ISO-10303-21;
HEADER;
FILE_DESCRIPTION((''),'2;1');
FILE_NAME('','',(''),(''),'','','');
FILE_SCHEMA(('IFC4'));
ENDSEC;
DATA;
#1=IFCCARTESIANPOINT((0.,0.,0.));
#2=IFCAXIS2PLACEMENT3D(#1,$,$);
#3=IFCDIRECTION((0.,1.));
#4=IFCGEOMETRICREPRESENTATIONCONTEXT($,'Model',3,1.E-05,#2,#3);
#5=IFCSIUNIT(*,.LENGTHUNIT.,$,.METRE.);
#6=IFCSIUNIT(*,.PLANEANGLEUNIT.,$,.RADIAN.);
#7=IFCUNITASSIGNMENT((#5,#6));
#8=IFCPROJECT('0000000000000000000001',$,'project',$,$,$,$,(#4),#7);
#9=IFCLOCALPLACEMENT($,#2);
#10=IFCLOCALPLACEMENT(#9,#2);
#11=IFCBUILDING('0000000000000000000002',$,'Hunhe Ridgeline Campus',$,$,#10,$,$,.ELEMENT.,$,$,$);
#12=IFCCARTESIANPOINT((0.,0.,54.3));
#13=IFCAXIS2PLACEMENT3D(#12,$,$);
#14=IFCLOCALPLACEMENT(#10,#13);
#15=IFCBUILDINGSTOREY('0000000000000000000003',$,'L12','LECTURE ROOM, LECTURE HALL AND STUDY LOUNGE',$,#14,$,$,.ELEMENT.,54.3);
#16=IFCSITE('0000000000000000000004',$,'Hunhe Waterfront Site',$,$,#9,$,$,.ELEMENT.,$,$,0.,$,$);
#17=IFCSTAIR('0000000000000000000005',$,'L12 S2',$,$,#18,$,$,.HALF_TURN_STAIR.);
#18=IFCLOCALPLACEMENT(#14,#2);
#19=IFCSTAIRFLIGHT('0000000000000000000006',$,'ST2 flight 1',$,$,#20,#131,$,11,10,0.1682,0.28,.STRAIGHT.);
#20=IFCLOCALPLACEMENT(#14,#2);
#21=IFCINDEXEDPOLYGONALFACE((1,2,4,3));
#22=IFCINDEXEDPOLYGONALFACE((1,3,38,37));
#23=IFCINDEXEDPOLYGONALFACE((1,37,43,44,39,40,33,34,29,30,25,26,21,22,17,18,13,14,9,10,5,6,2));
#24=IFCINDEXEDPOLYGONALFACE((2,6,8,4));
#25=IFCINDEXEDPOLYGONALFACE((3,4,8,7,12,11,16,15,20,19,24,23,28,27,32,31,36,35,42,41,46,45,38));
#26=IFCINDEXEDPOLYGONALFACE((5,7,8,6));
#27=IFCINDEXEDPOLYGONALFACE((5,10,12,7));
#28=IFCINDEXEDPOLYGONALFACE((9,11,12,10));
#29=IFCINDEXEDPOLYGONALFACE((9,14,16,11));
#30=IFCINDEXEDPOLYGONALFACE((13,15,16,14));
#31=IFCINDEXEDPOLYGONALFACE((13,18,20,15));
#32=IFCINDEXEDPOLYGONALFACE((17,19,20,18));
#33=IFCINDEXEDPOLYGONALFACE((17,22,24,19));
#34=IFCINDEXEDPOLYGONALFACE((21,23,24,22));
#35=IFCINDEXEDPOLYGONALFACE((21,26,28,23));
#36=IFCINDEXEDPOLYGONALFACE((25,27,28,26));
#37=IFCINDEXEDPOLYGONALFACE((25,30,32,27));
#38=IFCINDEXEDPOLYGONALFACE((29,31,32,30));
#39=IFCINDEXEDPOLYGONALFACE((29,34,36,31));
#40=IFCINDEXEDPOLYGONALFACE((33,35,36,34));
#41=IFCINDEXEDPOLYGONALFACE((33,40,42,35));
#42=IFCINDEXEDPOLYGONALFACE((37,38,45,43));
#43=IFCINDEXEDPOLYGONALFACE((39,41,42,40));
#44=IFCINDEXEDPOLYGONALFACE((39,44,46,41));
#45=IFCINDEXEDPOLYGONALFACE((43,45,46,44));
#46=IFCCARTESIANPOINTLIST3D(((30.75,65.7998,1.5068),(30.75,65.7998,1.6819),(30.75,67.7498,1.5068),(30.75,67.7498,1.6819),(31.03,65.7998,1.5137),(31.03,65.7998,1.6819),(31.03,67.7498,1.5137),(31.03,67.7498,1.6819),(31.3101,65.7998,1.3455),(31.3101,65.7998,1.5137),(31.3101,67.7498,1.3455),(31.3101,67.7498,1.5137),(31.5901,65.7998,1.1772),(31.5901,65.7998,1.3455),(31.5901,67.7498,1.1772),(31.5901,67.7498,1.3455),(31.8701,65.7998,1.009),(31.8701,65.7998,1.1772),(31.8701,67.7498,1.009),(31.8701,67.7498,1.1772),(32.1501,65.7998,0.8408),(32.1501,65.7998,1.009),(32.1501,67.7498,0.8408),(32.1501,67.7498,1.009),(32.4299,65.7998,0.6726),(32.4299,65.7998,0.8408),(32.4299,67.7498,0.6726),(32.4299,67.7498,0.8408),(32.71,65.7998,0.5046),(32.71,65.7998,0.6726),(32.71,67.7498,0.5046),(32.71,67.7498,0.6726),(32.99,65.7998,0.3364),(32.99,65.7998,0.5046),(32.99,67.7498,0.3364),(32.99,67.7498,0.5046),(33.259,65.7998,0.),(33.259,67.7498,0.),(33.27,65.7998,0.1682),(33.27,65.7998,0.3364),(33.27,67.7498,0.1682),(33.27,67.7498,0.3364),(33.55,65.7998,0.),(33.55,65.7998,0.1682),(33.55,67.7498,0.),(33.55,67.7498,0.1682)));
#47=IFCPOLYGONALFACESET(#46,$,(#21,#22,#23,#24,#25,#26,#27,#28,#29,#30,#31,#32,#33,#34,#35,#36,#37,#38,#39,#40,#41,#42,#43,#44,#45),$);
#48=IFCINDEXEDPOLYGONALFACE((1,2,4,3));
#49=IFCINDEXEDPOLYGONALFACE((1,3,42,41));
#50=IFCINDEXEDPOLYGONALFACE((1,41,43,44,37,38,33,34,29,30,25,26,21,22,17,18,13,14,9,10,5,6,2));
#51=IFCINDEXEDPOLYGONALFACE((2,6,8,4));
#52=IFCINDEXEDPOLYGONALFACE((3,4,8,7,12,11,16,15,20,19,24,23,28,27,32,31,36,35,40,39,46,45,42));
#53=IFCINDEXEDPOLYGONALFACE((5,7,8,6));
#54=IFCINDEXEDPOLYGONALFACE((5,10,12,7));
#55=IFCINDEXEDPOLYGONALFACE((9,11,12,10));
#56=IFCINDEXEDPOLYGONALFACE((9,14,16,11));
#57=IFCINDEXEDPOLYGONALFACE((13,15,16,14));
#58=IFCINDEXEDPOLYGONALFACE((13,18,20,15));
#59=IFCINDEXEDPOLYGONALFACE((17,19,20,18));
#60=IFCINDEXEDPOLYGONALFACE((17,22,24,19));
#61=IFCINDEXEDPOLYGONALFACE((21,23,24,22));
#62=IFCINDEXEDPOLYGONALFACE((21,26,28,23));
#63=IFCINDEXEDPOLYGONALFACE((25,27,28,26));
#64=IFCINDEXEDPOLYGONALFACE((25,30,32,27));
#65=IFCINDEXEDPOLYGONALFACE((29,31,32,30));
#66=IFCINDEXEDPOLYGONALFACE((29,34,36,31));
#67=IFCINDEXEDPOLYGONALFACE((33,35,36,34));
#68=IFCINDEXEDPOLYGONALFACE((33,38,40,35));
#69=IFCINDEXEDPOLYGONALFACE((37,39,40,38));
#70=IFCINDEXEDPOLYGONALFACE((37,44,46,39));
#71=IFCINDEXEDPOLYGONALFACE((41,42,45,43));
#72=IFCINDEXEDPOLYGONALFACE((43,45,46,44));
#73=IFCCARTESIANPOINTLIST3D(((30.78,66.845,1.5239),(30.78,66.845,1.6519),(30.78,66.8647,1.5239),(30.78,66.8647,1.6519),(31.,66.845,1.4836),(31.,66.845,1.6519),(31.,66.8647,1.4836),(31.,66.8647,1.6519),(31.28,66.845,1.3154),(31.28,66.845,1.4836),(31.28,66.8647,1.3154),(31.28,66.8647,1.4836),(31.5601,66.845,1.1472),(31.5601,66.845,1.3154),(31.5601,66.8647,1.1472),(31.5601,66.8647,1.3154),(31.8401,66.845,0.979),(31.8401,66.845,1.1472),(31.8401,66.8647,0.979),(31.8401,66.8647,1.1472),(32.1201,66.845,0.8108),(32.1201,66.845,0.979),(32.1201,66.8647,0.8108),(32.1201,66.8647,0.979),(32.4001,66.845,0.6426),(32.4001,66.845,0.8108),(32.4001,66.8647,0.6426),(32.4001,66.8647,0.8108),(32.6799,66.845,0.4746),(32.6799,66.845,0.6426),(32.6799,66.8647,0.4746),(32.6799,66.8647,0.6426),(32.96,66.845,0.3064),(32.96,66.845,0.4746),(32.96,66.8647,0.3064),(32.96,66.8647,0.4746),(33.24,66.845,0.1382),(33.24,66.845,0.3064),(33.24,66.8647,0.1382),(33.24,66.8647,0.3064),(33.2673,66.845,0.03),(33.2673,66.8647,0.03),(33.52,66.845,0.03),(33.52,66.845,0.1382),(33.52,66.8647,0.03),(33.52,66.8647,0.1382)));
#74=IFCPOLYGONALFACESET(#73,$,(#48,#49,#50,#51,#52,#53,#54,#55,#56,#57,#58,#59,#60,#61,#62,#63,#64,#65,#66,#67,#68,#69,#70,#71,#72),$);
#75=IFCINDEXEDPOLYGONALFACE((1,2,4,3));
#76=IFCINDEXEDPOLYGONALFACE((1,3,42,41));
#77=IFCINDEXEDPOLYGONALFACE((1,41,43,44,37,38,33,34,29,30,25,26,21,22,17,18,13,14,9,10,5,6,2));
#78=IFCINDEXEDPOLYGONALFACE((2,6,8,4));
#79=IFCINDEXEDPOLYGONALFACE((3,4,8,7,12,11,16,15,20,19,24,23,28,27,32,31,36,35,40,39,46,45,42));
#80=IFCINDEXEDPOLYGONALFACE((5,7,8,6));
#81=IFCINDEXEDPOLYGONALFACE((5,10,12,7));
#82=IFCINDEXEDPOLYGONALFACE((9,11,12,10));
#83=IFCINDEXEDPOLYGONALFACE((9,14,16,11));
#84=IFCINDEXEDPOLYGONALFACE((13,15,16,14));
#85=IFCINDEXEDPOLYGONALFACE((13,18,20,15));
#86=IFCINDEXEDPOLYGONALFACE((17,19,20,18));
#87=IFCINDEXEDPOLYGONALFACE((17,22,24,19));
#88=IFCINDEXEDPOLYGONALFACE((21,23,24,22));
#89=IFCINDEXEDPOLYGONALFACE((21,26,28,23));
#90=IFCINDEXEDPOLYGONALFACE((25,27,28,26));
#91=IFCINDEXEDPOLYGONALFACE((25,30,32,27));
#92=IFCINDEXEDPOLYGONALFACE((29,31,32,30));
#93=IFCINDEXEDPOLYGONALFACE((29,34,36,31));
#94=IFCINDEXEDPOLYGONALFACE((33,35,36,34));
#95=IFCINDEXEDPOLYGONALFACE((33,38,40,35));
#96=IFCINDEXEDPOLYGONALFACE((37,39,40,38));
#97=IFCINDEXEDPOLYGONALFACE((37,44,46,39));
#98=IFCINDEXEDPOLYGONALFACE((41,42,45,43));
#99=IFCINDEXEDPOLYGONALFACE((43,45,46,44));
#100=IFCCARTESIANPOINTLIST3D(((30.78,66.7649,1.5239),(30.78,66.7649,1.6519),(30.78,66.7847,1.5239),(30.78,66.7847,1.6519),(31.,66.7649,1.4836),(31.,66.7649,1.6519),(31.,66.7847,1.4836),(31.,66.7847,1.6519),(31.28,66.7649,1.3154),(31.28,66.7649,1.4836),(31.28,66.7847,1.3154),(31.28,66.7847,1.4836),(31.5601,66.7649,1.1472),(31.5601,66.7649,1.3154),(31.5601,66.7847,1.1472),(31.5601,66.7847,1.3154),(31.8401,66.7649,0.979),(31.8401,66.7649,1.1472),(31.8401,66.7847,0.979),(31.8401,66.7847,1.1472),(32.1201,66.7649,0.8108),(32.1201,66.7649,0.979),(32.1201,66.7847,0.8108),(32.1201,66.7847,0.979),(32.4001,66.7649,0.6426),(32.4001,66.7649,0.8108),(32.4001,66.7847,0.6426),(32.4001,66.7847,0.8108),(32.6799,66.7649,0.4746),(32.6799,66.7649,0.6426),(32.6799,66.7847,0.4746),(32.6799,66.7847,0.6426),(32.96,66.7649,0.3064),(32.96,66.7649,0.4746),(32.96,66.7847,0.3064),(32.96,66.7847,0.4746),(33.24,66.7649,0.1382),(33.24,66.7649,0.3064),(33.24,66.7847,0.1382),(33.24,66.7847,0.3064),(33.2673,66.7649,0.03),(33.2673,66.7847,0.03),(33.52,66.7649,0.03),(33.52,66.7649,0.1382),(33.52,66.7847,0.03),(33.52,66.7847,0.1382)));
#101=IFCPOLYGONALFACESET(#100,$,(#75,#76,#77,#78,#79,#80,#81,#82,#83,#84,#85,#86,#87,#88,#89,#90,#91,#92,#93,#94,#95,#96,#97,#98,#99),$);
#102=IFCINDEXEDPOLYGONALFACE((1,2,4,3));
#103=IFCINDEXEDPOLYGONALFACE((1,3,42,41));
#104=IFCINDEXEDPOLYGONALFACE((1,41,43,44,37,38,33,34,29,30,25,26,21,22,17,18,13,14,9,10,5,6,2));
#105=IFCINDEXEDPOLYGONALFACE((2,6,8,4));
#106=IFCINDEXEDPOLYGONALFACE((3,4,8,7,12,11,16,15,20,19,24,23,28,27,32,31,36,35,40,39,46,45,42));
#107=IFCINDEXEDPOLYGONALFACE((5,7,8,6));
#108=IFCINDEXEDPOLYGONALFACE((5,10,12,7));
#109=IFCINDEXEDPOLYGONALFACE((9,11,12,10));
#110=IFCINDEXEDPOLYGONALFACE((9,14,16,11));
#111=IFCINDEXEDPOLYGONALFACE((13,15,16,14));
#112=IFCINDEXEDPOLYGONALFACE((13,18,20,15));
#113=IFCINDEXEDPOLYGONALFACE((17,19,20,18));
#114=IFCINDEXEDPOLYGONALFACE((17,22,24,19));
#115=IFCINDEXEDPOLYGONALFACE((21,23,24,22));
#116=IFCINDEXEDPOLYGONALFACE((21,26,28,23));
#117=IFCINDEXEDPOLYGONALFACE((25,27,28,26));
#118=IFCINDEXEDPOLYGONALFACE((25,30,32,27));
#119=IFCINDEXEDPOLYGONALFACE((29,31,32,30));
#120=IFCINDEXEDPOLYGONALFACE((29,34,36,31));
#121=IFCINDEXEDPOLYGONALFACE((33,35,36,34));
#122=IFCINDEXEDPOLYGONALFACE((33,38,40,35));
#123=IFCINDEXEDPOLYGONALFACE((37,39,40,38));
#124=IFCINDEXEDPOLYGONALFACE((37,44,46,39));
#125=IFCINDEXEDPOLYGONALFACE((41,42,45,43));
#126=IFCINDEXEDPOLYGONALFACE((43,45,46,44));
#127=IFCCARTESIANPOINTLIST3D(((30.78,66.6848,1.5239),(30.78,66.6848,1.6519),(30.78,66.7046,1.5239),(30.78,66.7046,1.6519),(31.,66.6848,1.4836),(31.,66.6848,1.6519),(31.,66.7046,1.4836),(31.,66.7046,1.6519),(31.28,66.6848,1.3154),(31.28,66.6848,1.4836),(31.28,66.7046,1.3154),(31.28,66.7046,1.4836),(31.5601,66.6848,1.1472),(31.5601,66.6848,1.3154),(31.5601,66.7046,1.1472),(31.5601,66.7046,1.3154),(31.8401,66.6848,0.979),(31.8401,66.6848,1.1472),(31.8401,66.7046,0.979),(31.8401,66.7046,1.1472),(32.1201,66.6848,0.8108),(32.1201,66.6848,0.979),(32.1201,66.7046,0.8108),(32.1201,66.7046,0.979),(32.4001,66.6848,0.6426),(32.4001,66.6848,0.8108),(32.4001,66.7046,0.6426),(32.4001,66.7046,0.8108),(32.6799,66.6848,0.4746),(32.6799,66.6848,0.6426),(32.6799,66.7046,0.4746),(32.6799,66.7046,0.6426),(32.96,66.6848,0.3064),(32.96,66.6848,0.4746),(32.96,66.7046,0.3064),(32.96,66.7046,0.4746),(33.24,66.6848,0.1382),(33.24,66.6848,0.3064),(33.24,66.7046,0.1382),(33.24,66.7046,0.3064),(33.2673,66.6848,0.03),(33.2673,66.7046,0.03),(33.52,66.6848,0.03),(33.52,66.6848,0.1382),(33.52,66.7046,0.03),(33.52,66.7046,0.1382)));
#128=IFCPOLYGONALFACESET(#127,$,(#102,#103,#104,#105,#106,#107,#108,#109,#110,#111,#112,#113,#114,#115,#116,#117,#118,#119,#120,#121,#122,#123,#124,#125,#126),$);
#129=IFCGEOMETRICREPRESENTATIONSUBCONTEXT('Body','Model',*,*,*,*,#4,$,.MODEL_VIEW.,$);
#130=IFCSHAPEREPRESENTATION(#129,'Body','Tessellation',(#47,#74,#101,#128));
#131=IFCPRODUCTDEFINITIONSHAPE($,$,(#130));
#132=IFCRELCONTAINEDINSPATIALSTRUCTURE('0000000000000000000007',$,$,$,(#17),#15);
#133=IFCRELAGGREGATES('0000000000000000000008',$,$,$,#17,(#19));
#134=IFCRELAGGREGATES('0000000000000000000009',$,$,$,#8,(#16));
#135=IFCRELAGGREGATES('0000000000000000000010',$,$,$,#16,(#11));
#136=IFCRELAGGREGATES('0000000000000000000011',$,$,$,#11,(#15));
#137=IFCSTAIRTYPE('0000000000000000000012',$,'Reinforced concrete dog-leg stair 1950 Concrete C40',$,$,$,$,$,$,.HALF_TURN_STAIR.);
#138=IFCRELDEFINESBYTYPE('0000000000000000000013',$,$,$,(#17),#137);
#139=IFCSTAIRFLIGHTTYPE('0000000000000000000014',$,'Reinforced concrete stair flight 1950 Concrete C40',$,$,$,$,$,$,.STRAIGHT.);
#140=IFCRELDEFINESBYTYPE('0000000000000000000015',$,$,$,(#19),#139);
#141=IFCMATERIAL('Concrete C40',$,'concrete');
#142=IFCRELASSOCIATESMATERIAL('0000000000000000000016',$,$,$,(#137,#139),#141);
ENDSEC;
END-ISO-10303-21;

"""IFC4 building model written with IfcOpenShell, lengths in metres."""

from ifc_helpers import new_model, si_unit, direction, frame, origin, place, context, subcontext, project, spatial, polyline, outline, extrude, material, type_object, element, aggregate, save


model = new_model("IFC4")

# Units and contexts
model_context = context("Model", 3, precision=1e-05, world=origin(), true_north=direction((0.0, 1.0)))
body_context = subcontext(model_context, "Body", "Model", "MODEL_VIEW")
ifc_project = project(units=[si_unit("LENGTHUNIT", "METRE"), si_unit("PLANEANGLEUNIT", "RADIAN")], contexts=[model_context])

# Site, building, storey
site_placement = place(None, origin())
site = spatial("IfcSite", under=ifc_project, at=site_placement, Name="Hunhe Waterfront Site", CompositionType="ELEMENT", RefElevation=0.0)
building_placement = place(site_placement, origin())
building = spatial("IfcBuilding", under=site, at=building_placement, Name="Hunhe Ridgeline Campus", CompositionType="ELEMENT")
storey_placement = place(building_placement, frame((0.0, 0.0, 54.3)))
storey = spatial("IfcBuildingStorey", under=building, at=storey_placement, Name="L12", Description="LECTURE ROOM, LECTURE HALL AND STUDY LOUNGE", CompositionType="ELEMENT", Elevation=54.3)

# Stair, stair flight
ifc_material_1 = material(Name="Concrete C40", Category="concrete")
stair_type = type_object("IfcStairType", Name="Reinforced concrete dog-leg stair 1950 Concrete C40", PredefinedType="HALF_TURN_STAIR", material=ifc_material_1)
stair_placement = place(storey_placement, origin())
stair = element("IfcStair", 1, at=stair_placement, inside=storey, type_object=stair_type, Name="L12 S2", PredefinedType="HALF_TURN_STAIR")
stair_flight_type = type_object("IfcStairFlightType", Name="Reinforced concrete stair flight 1950 Concrete C40", PredefinedType="STRAIGHT", material=ifc_material_1)
stair_flight_1_placement = place(storey_placement, frame((33.55, 66.7749, 0.0), z_axis=(0.0, 0.0, 1.0), x_axis=(-1.0, 0.0, 0.0)))
stair_flight_1 = element("IfcStairFlight", 2, at=stair_flight_1_placement, type_object=stair_flight_type, Name="ST2 flight 1", NumberOfRisers=11, NumberOfTreads=10, PredefinedType="STRAIGHT", RiserHeight=0.1682, TreadLength=0.28, context=body_context, shape_type="SweptSolid", body=[
    extrude(outline(polyline([(0.0, 0.0), (0.0, 0.1682), (0.28, 0.1682), (0.28, 0.3364), (0.5601, 0.3364), (0.5601, 0.5046), (0.8401, 0.5046), (0.8401, 0.6726), (1.1201, 0.6726), (1.1201, 0.8408), (1.3999, 0.8408), (1.3999, 1.009), (1.6799, 1.009), (1.6799, 1.1772), (1.96, 1.1772), (1.96, 1.3455), (2.24, 1.3455), (2.24, 1.5137), (2.52, 1.5137), (2.52, 1.6819), (2.8, 1.6819), (2.8, 1.8501), (2.8, 1.5068), (0.291, 0.0), (0.0, 0.0)])), frame((0.0, 0.9751, 0.0), z_axis=(0.0, -1.0, 0.0), x_axis=(1.0, 0.0, 0.0)), (0.0, 0.0, 1.0), 1.95),
    extrude(outline(polyline([(0.03, 0.03), (0.03, 0.1382), (0.3101, 0.1382), (0.3101, 0.3064), (0.5901, 0.3064), (0.5901, 0.4746), (0.8701, 0.4746), (0.8701, 0.6426), (1.1499, 0.6426), (1.1499, 0.8108), (1.4299, 0.8108), (1.4299, 0.979), (1.71, 0.979), (1.71, 1.1472), (1.99, 1.1472), (1.99, 1.3154), (2.27, 1.3154), (2.27, 1.4836), (2.55, 1.4836), (2.55, 1.6519), (2.77, 1.6519), (2.77, 1.5239), (0.2827, 0.03), (0.03, 0.03)])), frame((0.0, -0.0701, 0.0), z_axis=(0.0, -1.0, 0.0), x_axis=(1.0, 0.0, 0.0)), (0.0, 0.0, 1.0), 0.0198),
    extrude(outline(polyline([(0.03, 0.03), (0.03, 0.1382), (0.3101, 0.1382), (0.3101, 0.3064), (0.5901, 0.3064), (0.5901, 0.4746), (0.8701, 0.4746), (0.8701, 0.6426), (1.1499, 0.6426), (1.1499, 0.8108), (1.4299, 0.8108), (1.4299, 0.979), (1.71, 0.979), (1.71, 1.1472), (1.99, 1.1472), (1.99, 1.3154), (2.27, 1.3154), (2.27, 1.4836), (2.55, 1.4836), (2.55, 1.6519), (2.77, 1.6519), (2.77, 1.5239), (0.2827, 0.03), (0.03, 0.03)])), frame((0.0, 0.01, 0.0), z_axis=(0.0, -1.0, 0.0), x_axis=(1.0, 0.0, 0.0)), (0.0, 0.0, 1.0), 0.0198),
    extrude(outline(polyline([(0.03, 0.03), (0.03, 0.1382), (0.3101, 0.1382), (0.3101, 0.3064), (0.5901, 0.3064), (0.5901, 0.4746), (0.8701, 0.4746), (0.8701, 0.6426), (1.1499, 0.6426), (1.1499, 0.8108), (1.4299, 0.8108), (1.4299, 0.979), (1.71, 0.979), (1.71, 1.1472), (1.99, 1.1472), (1.99, 1.3154), (2.27, 1.3154), (2.27, 1.4836), (2.55, 1.4836), (2.55, 1.6519), (2.77, 1.6519), (2.77, 1.5239), (0.2827, 0.03), (0.03, 0.03)])), frame((0.0, 0.0901, 0.0), z_axis=(0.0, -1.0, 0.0), x_axis=(1.0, 0.0, 0.0)), (0.0, 0.0, 1.0), 0.0198),
])
aggregate(stair, [stair_flight_1])

save(model, "model.ifc")
